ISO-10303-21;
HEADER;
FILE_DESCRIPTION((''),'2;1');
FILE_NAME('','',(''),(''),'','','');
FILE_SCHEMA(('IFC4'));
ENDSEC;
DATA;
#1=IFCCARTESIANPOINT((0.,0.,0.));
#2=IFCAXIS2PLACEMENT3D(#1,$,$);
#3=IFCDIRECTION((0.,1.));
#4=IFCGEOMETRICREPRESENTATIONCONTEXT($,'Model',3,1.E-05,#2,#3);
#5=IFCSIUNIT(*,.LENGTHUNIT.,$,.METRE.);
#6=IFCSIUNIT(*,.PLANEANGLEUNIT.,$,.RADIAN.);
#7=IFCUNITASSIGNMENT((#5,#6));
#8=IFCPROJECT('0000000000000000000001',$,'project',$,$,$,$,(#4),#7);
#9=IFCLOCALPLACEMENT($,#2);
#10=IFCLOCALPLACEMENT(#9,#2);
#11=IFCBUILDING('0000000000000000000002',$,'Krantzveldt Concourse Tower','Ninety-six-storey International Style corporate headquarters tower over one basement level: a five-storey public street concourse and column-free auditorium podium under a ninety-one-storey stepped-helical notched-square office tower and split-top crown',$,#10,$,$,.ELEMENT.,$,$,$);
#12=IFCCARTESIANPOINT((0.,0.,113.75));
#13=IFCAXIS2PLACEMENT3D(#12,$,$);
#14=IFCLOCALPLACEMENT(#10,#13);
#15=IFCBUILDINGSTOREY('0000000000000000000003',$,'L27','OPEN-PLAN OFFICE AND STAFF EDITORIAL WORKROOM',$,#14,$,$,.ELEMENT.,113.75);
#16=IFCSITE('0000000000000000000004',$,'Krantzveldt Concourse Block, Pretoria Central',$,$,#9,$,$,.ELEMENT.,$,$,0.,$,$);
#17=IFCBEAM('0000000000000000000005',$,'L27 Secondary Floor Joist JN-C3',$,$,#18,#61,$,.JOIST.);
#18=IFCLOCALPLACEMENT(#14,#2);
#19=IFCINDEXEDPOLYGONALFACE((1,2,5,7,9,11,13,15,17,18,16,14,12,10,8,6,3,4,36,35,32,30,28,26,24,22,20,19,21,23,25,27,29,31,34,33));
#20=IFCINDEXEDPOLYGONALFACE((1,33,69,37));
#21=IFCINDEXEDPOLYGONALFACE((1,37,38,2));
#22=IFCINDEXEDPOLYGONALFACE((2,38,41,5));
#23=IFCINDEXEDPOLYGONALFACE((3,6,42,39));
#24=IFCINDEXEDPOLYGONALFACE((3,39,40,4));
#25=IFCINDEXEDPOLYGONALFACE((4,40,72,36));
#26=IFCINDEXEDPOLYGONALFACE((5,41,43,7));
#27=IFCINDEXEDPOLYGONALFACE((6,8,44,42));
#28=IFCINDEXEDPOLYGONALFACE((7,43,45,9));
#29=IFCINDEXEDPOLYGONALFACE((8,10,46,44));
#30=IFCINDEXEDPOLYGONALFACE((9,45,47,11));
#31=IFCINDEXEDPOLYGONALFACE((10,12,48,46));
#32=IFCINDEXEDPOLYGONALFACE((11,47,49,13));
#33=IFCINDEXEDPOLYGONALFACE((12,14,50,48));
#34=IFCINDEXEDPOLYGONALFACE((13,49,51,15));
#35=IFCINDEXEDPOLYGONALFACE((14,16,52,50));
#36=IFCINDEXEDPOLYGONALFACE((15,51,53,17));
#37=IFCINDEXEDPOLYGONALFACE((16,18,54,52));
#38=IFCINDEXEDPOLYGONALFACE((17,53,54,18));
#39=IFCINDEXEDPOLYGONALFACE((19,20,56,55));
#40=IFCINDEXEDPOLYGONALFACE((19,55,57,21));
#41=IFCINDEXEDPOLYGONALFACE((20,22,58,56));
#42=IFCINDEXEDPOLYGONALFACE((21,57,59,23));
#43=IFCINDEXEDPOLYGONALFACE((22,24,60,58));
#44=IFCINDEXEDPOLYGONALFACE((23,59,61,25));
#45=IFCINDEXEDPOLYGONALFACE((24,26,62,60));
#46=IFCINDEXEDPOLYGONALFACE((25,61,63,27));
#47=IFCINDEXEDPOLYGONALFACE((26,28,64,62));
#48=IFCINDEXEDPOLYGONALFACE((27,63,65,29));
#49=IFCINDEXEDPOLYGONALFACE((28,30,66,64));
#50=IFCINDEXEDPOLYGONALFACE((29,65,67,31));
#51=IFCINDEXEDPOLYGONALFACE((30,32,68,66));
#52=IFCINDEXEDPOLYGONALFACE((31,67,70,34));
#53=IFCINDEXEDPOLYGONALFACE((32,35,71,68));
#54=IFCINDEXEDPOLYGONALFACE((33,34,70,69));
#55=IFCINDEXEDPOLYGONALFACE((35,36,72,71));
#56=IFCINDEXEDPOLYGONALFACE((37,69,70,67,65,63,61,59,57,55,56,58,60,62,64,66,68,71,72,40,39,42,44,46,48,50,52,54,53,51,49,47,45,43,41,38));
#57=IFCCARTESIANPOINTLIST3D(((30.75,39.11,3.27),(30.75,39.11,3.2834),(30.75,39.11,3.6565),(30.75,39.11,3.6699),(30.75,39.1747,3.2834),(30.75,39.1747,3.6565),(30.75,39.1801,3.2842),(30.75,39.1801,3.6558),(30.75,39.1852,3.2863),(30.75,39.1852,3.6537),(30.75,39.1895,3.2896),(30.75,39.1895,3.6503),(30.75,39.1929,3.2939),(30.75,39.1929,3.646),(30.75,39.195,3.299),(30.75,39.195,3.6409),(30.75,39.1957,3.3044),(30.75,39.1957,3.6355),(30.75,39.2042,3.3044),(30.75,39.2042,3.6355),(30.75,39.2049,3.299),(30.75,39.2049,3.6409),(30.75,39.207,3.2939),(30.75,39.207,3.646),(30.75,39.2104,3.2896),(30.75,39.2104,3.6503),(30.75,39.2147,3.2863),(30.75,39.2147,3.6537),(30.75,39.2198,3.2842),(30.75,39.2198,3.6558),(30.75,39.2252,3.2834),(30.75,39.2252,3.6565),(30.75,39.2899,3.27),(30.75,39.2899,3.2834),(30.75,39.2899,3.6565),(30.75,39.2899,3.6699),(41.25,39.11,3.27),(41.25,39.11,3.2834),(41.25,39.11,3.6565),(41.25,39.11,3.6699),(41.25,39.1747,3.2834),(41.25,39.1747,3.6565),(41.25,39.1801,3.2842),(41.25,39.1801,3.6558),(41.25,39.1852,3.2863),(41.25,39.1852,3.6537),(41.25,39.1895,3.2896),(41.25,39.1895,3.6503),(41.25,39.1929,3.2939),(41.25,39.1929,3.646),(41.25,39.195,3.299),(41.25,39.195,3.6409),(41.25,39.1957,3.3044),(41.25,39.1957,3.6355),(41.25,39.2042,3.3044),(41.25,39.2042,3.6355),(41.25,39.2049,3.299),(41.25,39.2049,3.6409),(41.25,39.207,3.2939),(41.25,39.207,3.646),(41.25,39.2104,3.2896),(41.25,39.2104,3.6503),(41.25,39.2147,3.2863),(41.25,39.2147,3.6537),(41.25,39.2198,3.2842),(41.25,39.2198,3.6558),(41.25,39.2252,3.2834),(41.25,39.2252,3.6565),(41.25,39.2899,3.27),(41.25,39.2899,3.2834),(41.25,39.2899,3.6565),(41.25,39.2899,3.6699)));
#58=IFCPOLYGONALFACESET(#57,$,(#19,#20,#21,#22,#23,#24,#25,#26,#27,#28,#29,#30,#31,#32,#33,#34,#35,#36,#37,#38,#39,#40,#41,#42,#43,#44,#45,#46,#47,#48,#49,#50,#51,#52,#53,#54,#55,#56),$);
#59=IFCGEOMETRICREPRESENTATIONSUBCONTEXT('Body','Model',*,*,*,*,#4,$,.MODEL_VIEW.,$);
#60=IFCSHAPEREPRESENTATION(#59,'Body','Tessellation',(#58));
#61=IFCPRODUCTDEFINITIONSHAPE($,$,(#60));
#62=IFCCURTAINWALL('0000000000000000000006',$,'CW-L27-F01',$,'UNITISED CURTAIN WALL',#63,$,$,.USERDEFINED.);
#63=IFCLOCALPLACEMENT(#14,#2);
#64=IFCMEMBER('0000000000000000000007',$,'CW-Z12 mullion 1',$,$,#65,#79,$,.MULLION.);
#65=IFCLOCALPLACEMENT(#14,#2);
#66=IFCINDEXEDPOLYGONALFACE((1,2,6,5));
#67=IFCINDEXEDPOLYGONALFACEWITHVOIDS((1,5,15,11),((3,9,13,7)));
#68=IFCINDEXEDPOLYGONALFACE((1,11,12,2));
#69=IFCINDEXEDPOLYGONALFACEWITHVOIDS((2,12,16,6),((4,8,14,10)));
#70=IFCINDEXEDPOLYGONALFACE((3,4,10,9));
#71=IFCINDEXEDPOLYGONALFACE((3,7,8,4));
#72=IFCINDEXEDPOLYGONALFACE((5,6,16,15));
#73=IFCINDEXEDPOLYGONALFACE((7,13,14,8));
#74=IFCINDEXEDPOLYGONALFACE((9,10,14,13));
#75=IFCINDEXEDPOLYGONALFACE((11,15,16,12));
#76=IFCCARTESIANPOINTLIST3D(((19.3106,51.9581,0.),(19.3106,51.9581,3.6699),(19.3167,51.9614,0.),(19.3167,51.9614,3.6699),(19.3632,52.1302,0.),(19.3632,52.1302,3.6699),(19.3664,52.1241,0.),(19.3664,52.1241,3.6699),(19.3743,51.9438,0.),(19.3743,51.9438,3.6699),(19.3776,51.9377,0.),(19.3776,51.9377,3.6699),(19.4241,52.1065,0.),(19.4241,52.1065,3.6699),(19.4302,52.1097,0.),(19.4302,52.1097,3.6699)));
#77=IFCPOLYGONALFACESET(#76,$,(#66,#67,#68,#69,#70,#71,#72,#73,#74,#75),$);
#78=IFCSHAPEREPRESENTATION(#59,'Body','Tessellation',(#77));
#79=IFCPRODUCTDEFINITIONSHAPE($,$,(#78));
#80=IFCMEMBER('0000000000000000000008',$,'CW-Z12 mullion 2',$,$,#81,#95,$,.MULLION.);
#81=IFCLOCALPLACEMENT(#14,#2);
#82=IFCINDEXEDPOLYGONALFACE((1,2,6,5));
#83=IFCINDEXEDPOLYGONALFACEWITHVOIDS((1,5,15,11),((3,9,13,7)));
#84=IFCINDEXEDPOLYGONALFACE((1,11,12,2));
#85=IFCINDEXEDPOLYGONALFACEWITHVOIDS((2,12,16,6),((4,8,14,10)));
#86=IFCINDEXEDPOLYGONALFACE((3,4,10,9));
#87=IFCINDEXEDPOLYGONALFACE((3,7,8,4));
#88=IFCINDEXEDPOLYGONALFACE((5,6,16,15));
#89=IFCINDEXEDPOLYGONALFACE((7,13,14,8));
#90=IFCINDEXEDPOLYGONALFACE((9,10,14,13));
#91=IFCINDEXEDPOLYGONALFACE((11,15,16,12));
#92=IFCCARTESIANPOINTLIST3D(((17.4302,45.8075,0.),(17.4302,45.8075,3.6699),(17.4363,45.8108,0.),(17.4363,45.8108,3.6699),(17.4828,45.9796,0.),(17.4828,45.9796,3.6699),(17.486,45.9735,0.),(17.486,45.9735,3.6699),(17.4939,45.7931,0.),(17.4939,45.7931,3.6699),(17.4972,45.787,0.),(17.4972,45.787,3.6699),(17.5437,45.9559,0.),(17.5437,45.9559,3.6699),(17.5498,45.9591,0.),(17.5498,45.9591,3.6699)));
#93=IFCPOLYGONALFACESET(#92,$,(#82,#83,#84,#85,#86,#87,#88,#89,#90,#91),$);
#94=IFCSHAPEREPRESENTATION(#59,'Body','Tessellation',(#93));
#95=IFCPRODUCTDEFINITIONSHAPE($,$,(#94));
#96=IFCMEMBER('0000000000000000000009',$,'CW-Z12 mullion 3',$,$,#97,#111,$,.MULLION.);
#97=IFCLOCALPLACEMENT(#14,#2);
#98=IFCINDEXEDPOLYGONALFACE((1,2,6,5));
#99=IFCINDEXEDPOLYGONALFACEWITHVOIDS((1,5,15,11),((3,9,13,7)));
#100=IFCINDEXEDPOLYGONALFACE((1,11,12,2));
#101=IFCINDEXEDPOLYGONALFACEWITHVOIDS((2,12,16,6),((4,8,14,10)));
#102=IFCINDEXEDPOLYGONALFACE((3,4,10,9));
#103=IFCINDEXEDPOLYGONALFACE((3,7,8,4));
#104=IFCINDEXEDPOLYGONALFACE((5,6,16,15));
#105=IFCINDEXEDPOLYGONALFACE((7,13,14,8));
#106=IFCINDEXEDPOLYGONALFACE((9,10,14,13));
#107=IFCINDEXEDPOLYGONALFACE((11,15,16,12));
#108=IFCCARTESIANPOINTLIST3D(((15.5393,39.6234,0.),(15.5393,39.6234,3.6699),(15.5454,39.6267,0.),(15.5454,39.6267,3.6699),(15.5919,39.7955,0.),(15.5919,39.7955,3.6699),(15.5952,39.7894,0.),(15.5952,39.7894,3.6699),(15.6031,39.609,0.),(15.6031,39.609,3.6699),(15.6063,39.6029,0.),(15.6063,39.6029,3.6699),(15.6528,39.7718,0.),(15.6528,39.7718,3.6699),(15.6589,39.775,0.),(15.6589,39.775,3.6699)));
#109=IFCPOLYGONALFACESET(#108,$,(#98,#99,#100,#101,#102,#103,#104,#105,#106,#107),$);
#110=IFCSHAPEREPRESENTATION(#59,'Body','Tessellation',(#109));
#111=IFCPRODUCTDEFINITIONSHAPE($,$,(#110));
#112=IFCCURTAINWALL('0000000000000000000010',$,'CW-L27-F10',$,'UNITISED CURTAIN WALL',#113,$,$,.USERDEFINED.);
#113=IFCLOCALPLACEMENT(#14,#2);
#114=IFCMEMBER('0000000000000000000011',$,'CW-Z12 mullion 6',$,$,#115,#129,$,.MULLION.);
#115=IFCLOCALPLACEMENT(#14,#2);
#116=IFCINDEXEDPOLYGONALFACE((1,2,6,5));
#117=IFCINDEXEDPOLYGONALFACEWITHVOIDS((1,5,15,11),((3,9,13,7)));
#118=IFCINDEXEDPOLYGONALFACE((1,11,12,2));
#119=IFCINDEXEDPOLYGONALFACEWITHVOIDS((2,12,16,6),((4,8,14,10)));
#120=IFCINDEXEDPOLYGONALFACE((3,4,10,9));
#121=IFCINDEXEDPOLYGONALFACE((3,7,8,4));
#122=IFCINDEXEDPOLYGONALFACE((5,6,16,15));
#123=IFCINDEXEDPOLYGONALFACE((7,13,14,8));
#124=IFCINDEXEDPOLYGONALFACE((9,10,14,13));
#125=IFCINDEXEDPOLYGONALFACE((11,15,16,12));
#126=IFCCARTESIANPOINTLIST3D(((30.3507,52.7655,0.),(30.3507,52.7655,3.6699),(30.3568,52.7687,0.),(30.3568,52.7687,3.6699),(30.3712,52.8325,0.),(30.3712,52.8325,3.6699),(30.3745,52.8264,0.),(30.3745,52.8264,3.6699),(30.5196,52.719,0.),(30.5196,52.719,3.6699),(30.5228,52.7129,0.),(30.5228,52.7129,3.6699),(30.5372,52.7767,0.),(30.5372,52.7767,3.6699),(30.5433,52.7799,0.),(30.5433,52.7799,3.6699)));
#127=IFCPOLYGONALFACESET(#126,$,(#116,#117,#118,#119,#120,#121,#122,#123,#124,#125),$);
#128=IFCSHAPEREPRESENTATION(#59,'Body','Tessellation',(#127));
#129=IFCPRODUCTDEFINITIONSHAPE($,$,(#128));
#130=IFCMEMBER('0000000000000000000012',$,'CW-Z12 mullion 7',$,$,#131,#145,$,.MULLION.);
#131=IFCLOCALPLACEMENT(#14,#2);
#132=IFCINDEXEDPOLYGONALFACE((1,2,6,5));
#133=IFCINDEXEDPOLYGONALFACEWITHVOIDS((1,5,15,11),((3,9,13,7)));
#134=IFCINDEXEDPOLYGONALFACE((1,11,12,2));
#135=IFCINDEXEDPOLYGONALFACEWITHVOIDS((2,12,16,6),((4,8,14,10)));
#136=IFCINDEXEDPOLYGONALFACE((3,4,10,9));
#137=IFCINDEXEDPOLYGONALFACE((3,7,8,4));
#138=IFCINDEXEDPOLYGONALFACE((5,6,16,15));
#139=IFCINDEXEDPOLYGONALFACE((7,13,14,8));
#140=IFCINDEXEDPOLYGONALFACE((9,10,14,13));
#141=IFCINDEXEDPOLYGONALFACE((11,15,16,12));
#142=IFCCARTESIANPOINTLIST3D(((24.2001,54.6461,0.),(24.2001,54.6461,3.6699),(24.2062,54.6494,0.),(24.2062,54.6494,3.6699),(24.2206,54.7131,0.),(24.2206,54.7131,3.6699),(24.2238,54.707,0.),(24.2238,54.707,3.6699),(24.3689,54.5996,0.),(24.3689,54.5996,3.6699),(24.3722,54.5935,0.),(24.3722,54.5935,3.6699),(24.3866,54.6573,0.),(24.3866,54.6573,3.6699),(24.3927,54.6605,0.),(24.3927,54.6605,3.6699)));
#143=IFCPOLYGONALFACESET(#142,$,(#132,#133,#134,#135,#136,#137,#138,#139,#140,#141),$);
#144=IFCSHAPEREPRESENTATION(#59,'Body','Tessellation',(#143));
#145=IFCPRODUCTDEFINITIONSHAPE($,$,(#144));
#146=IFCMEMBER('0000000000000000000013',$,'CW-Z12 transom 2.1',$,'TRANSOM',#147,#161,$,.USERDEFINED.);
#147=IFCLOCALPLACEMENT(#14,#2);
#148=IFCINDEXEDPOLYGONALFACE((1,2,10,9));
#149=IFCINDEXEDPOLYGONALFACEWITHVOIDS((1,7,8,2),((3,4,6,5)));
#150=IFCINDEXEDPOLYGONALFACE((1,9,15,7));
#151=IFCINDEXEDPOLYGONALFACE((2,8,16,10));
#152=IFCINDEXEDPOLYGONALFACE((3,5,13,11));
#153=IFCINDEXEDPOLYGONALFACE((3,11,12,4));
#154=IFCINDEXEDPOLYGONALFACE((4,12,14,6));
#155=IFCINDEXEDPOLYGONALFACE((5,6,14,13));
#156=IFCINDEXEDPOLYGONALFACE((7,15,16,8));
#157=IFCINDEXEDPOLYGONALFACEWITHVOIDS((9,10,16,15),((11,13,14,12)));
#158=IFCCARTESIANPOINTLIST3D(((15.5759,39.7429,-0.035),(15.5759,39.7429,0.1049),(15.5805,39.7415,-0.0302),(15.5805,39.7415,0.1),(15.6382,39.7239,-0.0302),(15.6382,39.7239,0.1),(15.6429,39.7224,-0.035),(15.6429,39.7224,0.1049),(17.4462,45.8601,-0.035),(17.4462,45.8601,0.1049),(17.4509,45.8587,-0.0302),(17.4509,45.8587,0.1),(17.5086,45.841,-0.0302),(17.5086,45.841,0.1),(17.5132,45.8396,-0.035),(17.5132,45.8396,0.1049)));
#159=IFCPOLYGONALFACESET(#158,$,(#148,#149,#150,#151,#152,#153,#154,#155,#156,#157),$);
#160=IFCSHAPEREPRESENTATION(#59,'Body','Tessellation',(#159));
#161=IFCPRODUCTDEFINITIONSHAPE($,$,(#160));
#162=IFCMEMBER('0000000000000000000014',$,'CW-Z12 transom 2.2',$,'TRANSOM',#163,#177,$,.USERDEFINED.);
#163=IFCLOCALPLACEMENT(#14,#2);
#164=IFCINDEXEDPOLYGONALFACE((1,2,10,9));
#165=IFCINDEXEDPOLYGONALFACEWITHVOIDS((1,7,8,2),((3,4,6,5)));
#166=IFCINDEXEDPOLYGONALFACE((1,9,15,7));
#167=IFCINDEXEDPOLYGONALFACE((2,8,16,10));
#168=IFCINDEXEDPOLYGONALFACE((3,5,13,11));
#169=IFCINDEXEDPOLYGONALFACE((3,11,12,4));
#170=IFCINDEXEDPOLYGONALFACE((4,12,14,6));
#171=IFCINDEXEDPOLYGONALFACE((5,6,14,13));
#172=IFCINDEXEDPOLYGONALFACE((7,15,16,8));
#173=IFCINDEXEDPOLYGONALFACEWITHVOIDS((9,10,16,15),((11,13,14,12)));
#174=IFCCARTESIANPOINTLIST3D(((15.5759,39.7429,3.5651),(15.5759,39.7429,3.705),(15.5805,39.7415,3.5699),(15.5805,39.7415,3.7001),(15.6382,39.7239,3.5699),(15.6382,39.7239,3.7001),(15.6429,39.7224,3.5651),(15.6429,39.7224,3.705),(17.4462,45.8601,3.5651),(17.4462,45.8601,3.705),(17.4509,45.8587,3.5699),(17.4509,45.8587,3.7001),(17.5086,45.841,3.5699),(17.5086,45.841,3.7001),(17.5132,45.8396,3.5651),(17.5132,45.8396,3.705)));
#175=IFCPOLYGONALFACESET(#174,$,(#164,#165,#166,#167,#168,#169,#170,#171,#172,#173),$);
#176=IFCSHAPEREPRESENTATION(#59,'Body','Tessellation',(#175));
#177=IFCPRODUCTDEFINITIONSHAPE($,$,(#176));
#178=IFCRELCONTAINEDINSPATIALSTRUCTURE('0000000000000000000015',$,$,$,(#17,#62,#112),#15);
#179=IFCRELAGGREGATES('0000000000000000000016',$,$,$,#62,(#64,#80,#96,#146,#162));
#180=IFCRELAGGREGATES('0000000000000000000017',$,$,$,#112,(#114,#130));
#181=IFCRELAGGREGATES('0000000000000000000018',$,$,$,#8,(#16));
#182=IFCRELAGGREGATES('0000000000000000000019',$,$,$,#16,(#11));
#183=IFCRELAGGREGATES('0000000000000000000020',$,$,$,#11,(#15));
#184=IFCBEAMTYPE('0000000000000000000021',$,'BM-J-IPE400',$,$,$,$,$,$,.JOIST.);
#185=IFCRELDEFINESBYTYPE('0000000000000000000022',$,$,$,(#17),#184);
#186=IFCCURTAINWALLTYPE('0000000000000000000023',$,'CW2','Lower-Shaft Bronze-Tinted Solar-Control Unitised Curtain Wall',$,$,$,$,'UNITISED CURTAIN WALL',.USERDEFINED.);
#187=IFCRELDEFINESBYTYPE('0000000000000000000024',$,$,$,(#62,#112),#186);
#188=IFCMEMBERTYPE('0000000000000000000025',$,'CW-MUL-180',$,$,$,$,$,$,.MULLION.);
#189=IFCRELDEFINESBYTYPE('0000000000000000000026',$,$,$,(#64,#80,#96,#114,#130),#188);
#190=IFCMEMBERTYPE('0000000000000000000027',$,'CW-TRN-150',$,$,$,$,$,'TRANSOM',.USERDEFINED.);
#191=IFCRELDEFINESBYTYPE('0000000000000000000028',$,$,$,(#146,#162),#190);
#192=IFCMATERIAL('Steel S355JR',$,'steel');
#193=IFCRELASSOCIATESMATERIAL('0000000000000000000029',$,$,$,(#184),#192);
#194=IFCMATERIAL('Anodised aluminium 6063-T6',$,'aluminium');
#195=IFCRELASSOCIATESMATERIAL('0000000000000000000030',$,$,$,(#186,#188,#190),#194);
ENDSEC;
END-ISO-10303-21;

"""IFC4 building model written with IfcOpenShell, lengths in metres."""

from ifc_helpers import new_model, si_unit, direction, frame, origin, origin_2d, place, context, subcontext, project, spatial, hollow_rectangle, i_section, extrude, source, transform, mapped, material, material_profile, profile_set, type_object, type_shapes, element, aggregate, save


model = new_model("IFC4")

# Units and contexts
model_context = context("Model", 3, precision=1e-05, world=origin(), true_north=direction((0.0, 1.0)))
body_context = subcontext(model_context, "Body", "Model", "MODEL_VIEW")
ifc_project = project(units=[si_unit("LENGTHUNIT", "METRE"), si_unit("PLANEANGLEUNIT", "RADIAN")], contexts=[model_context])

# Site, building, storey
site_placement = place(None, origin())
site = spatial("IfcSite", under=ifc_project, at=site_placement, Name="Krantzveldt Concourse Block, Pretoria Central", CompositionType="ELEMENT", RefElevation=0.0)
building_placement = place(site_placement, origin())
building = spatial("IfcBuilding", under=site, at=building_placement, Name="Krantzveldt Concourse Tower", Description="Ninety-six-storey International Style corporate headquarters tower over one basement level: a five-storey public street concourse and column-free auditorium podium under a ninety-one-storey stepped-helical notched-square office tower and split-top crown", CompositionType="ELEMENT")
storey_placement = place(building_placement, frame((0.0, 0.0, 113.75)))
storey = spatial("IfcBuildingStorey", under=building, at=storey_placement, Name="L27", Description="OPEN-PLAN OFFICE AND STAFF EDITORIAL WORKROOM", CompositionType="ELEMENT", Elevation=113.75)

# Beam
ifc_material_1 = material(Name="Steel S355JR", Category="steel")
ifc_material_profile_1 = material_profile(ifc_material_1, i_section(OverallWidth=0.1799, OverallDepth=0.3999, WebThickness=0.0085, FlangeThickness=0.0134, FilletRadius=0.021, at=origin_2d()), Name="Steel S355JR", Category="steel")
ifc_profile_set_1 = profile_set([ifc_material_profile_1], Name="Steel S355JR - IPE 400")
beam_type_1 = type_object("IfcBeamType", Name="BM-J-IPE400", PredefinedType="JOIST", material=ifc_profile_set_1)
shared_shape_1 = source(origin(), body_context, "Body", "SweptSolid", [
    extrude(i_section(OverallWidth=0.1799, OverallDepth=0.3999, WebThickness=0.0085, FlangeThickness=0.0134, FilletRadius=0.021, at=origin_2d()), origin(), (0.0, 0.0, 1.0), 10.5),
])
type_shapes(beam_type_1, [shared_shape_1])
beam_1_placement = place(storey_placement, frame((30.75, 39.2, 3.47), z_axis=(1.0, 0.0, 0.0), x_axis=(0.0, 1.0, 0.0)))
element("IfcBeam", 1, at=beam_1_placement, inside=storey, type_object=beam_type_1, Name="L27 Secondary Floor Joist JN-C3", PredefinedType="JOIST", context=body_context, shape_type="MappedRepresentation", body=[
    mapped(shared_shape_1, transform((0.0, 0.0, 0.0), x_axis=(1.0, 0.0, 0.0), y_axis=(0.0, 1.0, 0.0), z_axis=(0.0, 0.0, 1.0), scale=1.0)),
])

# Curtain walls, members
ifc_material_2 = material(Name="Anodised aluminium 6063-T6", Category="aluminium")
curtain_wall_type = type_object("IfcCurtainWallType", Name="CW2", Description="Lower-Shaft Bronze-Tinted Solar-Control Unitised Curtain Wall", ElementType="UNITISED CURTAIN WALL", PredefinedType="USERDEFINED", material=ifc_material_2)
curtain_wall_1_placement = place(storey_placement, origin())
curtain_wall_1 = element("IfcCurtainWall", 2, at=curtain_wall_1_placement, inside=storey, type_object=curtain_wall_type, Name="CW-L27-F01", ObjectType="UNITISED CURTAIN WALL", PredefinedType="USERDEFINED")
ifc_material_profile_2 = material_profile(ifc_material_2, hollow_rectangle(XDim=0.0701, YDim=0.1799, WallThickness=0.0049, at=origin_2d()), Name="Anodised aluminium 6063-T6", Category="aluminium")
ifc_profile_set_2 = profile_set([ifc_material_profile_2], Name="Anodised aluminium 6063-T6 - ALU-MULL 180x70x5")
member_type_1 = type_object("IfcMemberType", Name="CW-MUL-180", PredefinedType="MULLION", material=ifc_profile_set_2)
shared_shape_2 = source(origin(), body_context, "Body", "SweptSolid", [
    extrude(hollow_rectangle(XDim=0.0701, YDim=0.1799, WallThickness=0.0049, at=origin_2d()), origin(), (0.0, 0.0, 1.0), 3.6699),
])
type_shapes(member_type_1, [shared_shape_2])
member_1_placement = place(storey_placement, frame((19.3704, 52.0339, 0.0), z_axis=(0.0, 0.0, 1.0), x_axis=(0.956305, -0.292372, 0.0)))
member_1 = element("IfcMember", 3, at=member_1_placement, type_object=member_type_1, Name="CW-Z12 mullion 1", PredefinedType="MULLION", context=body_context, shape_type="MappedRepresentation", body=[
    mapped(shared_shape_2, transform((0.0, 0.0, 0.0), x_axis=(1.0, 0.0, 0.0), y_axis=(0.0, 1.0, 0.0), z_axis=(0.0, 0.0, 1.0), scale=1.0)),
])
member_2_placement = place(storey_placement, frame((17.49, 45.8833, 0.0), z_axis=(0.0, 0.0, 1.0), x_axis=(0.956305, -0.292372, 0.0)))
member_2 = element("IfcMember", 4, at=member_2_placement, type_object=member_type_1, Name="CW-Z12 mullion 2", PredefinedType="MULLION", context=body_context, shape_type="MappedRepresentation", body=[
    mapped(shared_shape_2, transform((0.0, 0.0, 0.0), x_axis=(1.0, 0.0, 0.0), y_axis=(0.0, 1.0, 0.0), z_axis=(0.0, 0.0, 1.0), scale=1.0)),
])
member_3_placement = place(storey_placement, frame((15.5991, 39.6992, 0.0), z_axis=(0.0, 0.0, 1.0), x_axis=(0.956305, -0.292372, 0.0)))
member_3 = element("IfcMember", 5, at=member_3_placement, type_object=member_type_1, Name="CW-Z12 mullion 3", PredefinedType="MULLION", context=body_context, shape_type="MappedRepresentation", body=[
    mapped(shared_shape_2, transform((0.0, 0.0, 0.0), x_axis=(1.0, 0.0, 0.0), y_axis=(0.0, 1.0, 0.0), z_axis=(0.0, 0.0, 1.0), scale=1.0)),
])
curtain_wall_2_placement = place(storey_placement, origin())
curtain_wall_2 = element("IfcCurtainWall", 6, at=curtain_wall_2_placement, inside=storey, type_object=curtain_wall_type, Name="CW-L27-F10", ObjectType="UNITISED CURTAIN WALL", PredefinedType="USERDEFINED")
member_4_placement = place(storey_placement, frame((30.447, 52.7727, 0.0), z_axis=(0.0, 0.0, 1.0), x_axis=(-0.292372, -0.956305, 0.0)))
member_4 = element("IfcMember", 7, at=member_4_placement, type_object=member_type_1, Name="CW-Z12 mullion 6", PredefinedType="MULLION", context=body_context, shape_type="MappedRepresentation", body=[
    mapped(shared_shape_2, transform((0.0, 0.0, 0.0), x_axis=(1.0, 0.0, 0.0), y_axis=(0.0, 1.0, 0.0), z_axis=(0.0, 0.0, 1.0), scale=1.0)),
])
member_5_placement = place(storey_placement, frame((24.2964, 54.6533, 0.0), z_axis=(0.0, 0.0, 1.0), x_axis=(-0.292372, -0.956305, 0.0)))
member_5 = element("IfcMember", 8, at=member_5_placement, type_object=member_type_1, Name="CW-Z12 mullion 7", PredefinedType="MULLION", context=body_context, shape_type="MappedRepresentation", body=[
    mapped(shared_shape_2, transform((0.0, 0.0, 0.0), x_axis=(1.0, 0.0, 0.0), y_axis=(0.0, 1.0, 0.0), z_axis=(0.0, 0.0, 1.0), scale=1.0)),
])

# Members
ifc_material_profile_3 = material_profile(ifc_material_2, hollow_rectangle(XDim=0.0701, YDim=0.1399, WallThickness=0.0049, at=origin_2d()), Name="Anodised aluminium 6063-T6", Category="aluminium")
ifc_profile_set_3 = profile_set([ifc_material_profile_3], Name="Anodised aluminium 6063-T6 - ALU-TRAN 140x70x5")
member_type_2 = type_object("IfcMemberType", Name="CW-TRN-150", ElementType="TRANSOM", PredefinedType="USERDEFINED", material=ifc_profile_set_3)
shared_shape_3 = source(origin(), body_context, "Body", "SweptSolid", [
    extrude(hollow_rectangle(XDim=0.0701, YDim=0.1399, WallThickness=0.0049, at=origin_2d()), origin(), (0.0, 0.0, 1.0), 6.3967),
])
member_6_placement = place(storey_placement, frame((17.4797, 45.8499, 0.0349), z_axis=(-0.292393, -0.956298, 0.0), x_axis=(0.956298, -0.292393, 0.0)))
member_6 = element("IfcMember", 9, at=member_6_placement, type_object=member_type_2, Name="CW-Z12 transom 2.1", ObjectType="TRANSOM", PredefinedType="USERDEFINED", context=body_context, shape_type="MappedRepresentation", body=[
    mapped(shared_shape_3, transform((0.0, 0.0, 0.0), x_axis=(1.0, 0.0, 0.0), y_axis=(0.0, 1.0, 0.0), z_axis=(0.0, 0.0, 1.0), scale=1.0)),
])
member_7_placement = place(storey_placement, frame((17.4797, 45.8499, 3.635), z_axis=(-0.292393, -0.956298, 0.0), x_axis=(0.956298, -0.292393, 0.0)))
member_7 = element("IfcMember", 10, at=member_7_placement, type_object=member_type_2, Name="CW-Z12 transom 2.2", ObjectType="TRANSOM", PredefinedType="USERDEFINED", context=body_context, shape_type="MappedRepresentation", body=[
    mapped(shared_shape_3, transform((0.0, 0.0, 0.0), x_axis=(1.0, 0.0, 0.0), y_axis=(0.0, 1.0, 0.0), z_axis=(0.0, 0.0, 1.0), scale=1.0)),
])

aggregate(curtain_wall_1, [member_1, member_2, member_3, member_6, member_7])
aggregate(curtain_wall_2, [member_4, member_5])

save(model, "model.ifc")
